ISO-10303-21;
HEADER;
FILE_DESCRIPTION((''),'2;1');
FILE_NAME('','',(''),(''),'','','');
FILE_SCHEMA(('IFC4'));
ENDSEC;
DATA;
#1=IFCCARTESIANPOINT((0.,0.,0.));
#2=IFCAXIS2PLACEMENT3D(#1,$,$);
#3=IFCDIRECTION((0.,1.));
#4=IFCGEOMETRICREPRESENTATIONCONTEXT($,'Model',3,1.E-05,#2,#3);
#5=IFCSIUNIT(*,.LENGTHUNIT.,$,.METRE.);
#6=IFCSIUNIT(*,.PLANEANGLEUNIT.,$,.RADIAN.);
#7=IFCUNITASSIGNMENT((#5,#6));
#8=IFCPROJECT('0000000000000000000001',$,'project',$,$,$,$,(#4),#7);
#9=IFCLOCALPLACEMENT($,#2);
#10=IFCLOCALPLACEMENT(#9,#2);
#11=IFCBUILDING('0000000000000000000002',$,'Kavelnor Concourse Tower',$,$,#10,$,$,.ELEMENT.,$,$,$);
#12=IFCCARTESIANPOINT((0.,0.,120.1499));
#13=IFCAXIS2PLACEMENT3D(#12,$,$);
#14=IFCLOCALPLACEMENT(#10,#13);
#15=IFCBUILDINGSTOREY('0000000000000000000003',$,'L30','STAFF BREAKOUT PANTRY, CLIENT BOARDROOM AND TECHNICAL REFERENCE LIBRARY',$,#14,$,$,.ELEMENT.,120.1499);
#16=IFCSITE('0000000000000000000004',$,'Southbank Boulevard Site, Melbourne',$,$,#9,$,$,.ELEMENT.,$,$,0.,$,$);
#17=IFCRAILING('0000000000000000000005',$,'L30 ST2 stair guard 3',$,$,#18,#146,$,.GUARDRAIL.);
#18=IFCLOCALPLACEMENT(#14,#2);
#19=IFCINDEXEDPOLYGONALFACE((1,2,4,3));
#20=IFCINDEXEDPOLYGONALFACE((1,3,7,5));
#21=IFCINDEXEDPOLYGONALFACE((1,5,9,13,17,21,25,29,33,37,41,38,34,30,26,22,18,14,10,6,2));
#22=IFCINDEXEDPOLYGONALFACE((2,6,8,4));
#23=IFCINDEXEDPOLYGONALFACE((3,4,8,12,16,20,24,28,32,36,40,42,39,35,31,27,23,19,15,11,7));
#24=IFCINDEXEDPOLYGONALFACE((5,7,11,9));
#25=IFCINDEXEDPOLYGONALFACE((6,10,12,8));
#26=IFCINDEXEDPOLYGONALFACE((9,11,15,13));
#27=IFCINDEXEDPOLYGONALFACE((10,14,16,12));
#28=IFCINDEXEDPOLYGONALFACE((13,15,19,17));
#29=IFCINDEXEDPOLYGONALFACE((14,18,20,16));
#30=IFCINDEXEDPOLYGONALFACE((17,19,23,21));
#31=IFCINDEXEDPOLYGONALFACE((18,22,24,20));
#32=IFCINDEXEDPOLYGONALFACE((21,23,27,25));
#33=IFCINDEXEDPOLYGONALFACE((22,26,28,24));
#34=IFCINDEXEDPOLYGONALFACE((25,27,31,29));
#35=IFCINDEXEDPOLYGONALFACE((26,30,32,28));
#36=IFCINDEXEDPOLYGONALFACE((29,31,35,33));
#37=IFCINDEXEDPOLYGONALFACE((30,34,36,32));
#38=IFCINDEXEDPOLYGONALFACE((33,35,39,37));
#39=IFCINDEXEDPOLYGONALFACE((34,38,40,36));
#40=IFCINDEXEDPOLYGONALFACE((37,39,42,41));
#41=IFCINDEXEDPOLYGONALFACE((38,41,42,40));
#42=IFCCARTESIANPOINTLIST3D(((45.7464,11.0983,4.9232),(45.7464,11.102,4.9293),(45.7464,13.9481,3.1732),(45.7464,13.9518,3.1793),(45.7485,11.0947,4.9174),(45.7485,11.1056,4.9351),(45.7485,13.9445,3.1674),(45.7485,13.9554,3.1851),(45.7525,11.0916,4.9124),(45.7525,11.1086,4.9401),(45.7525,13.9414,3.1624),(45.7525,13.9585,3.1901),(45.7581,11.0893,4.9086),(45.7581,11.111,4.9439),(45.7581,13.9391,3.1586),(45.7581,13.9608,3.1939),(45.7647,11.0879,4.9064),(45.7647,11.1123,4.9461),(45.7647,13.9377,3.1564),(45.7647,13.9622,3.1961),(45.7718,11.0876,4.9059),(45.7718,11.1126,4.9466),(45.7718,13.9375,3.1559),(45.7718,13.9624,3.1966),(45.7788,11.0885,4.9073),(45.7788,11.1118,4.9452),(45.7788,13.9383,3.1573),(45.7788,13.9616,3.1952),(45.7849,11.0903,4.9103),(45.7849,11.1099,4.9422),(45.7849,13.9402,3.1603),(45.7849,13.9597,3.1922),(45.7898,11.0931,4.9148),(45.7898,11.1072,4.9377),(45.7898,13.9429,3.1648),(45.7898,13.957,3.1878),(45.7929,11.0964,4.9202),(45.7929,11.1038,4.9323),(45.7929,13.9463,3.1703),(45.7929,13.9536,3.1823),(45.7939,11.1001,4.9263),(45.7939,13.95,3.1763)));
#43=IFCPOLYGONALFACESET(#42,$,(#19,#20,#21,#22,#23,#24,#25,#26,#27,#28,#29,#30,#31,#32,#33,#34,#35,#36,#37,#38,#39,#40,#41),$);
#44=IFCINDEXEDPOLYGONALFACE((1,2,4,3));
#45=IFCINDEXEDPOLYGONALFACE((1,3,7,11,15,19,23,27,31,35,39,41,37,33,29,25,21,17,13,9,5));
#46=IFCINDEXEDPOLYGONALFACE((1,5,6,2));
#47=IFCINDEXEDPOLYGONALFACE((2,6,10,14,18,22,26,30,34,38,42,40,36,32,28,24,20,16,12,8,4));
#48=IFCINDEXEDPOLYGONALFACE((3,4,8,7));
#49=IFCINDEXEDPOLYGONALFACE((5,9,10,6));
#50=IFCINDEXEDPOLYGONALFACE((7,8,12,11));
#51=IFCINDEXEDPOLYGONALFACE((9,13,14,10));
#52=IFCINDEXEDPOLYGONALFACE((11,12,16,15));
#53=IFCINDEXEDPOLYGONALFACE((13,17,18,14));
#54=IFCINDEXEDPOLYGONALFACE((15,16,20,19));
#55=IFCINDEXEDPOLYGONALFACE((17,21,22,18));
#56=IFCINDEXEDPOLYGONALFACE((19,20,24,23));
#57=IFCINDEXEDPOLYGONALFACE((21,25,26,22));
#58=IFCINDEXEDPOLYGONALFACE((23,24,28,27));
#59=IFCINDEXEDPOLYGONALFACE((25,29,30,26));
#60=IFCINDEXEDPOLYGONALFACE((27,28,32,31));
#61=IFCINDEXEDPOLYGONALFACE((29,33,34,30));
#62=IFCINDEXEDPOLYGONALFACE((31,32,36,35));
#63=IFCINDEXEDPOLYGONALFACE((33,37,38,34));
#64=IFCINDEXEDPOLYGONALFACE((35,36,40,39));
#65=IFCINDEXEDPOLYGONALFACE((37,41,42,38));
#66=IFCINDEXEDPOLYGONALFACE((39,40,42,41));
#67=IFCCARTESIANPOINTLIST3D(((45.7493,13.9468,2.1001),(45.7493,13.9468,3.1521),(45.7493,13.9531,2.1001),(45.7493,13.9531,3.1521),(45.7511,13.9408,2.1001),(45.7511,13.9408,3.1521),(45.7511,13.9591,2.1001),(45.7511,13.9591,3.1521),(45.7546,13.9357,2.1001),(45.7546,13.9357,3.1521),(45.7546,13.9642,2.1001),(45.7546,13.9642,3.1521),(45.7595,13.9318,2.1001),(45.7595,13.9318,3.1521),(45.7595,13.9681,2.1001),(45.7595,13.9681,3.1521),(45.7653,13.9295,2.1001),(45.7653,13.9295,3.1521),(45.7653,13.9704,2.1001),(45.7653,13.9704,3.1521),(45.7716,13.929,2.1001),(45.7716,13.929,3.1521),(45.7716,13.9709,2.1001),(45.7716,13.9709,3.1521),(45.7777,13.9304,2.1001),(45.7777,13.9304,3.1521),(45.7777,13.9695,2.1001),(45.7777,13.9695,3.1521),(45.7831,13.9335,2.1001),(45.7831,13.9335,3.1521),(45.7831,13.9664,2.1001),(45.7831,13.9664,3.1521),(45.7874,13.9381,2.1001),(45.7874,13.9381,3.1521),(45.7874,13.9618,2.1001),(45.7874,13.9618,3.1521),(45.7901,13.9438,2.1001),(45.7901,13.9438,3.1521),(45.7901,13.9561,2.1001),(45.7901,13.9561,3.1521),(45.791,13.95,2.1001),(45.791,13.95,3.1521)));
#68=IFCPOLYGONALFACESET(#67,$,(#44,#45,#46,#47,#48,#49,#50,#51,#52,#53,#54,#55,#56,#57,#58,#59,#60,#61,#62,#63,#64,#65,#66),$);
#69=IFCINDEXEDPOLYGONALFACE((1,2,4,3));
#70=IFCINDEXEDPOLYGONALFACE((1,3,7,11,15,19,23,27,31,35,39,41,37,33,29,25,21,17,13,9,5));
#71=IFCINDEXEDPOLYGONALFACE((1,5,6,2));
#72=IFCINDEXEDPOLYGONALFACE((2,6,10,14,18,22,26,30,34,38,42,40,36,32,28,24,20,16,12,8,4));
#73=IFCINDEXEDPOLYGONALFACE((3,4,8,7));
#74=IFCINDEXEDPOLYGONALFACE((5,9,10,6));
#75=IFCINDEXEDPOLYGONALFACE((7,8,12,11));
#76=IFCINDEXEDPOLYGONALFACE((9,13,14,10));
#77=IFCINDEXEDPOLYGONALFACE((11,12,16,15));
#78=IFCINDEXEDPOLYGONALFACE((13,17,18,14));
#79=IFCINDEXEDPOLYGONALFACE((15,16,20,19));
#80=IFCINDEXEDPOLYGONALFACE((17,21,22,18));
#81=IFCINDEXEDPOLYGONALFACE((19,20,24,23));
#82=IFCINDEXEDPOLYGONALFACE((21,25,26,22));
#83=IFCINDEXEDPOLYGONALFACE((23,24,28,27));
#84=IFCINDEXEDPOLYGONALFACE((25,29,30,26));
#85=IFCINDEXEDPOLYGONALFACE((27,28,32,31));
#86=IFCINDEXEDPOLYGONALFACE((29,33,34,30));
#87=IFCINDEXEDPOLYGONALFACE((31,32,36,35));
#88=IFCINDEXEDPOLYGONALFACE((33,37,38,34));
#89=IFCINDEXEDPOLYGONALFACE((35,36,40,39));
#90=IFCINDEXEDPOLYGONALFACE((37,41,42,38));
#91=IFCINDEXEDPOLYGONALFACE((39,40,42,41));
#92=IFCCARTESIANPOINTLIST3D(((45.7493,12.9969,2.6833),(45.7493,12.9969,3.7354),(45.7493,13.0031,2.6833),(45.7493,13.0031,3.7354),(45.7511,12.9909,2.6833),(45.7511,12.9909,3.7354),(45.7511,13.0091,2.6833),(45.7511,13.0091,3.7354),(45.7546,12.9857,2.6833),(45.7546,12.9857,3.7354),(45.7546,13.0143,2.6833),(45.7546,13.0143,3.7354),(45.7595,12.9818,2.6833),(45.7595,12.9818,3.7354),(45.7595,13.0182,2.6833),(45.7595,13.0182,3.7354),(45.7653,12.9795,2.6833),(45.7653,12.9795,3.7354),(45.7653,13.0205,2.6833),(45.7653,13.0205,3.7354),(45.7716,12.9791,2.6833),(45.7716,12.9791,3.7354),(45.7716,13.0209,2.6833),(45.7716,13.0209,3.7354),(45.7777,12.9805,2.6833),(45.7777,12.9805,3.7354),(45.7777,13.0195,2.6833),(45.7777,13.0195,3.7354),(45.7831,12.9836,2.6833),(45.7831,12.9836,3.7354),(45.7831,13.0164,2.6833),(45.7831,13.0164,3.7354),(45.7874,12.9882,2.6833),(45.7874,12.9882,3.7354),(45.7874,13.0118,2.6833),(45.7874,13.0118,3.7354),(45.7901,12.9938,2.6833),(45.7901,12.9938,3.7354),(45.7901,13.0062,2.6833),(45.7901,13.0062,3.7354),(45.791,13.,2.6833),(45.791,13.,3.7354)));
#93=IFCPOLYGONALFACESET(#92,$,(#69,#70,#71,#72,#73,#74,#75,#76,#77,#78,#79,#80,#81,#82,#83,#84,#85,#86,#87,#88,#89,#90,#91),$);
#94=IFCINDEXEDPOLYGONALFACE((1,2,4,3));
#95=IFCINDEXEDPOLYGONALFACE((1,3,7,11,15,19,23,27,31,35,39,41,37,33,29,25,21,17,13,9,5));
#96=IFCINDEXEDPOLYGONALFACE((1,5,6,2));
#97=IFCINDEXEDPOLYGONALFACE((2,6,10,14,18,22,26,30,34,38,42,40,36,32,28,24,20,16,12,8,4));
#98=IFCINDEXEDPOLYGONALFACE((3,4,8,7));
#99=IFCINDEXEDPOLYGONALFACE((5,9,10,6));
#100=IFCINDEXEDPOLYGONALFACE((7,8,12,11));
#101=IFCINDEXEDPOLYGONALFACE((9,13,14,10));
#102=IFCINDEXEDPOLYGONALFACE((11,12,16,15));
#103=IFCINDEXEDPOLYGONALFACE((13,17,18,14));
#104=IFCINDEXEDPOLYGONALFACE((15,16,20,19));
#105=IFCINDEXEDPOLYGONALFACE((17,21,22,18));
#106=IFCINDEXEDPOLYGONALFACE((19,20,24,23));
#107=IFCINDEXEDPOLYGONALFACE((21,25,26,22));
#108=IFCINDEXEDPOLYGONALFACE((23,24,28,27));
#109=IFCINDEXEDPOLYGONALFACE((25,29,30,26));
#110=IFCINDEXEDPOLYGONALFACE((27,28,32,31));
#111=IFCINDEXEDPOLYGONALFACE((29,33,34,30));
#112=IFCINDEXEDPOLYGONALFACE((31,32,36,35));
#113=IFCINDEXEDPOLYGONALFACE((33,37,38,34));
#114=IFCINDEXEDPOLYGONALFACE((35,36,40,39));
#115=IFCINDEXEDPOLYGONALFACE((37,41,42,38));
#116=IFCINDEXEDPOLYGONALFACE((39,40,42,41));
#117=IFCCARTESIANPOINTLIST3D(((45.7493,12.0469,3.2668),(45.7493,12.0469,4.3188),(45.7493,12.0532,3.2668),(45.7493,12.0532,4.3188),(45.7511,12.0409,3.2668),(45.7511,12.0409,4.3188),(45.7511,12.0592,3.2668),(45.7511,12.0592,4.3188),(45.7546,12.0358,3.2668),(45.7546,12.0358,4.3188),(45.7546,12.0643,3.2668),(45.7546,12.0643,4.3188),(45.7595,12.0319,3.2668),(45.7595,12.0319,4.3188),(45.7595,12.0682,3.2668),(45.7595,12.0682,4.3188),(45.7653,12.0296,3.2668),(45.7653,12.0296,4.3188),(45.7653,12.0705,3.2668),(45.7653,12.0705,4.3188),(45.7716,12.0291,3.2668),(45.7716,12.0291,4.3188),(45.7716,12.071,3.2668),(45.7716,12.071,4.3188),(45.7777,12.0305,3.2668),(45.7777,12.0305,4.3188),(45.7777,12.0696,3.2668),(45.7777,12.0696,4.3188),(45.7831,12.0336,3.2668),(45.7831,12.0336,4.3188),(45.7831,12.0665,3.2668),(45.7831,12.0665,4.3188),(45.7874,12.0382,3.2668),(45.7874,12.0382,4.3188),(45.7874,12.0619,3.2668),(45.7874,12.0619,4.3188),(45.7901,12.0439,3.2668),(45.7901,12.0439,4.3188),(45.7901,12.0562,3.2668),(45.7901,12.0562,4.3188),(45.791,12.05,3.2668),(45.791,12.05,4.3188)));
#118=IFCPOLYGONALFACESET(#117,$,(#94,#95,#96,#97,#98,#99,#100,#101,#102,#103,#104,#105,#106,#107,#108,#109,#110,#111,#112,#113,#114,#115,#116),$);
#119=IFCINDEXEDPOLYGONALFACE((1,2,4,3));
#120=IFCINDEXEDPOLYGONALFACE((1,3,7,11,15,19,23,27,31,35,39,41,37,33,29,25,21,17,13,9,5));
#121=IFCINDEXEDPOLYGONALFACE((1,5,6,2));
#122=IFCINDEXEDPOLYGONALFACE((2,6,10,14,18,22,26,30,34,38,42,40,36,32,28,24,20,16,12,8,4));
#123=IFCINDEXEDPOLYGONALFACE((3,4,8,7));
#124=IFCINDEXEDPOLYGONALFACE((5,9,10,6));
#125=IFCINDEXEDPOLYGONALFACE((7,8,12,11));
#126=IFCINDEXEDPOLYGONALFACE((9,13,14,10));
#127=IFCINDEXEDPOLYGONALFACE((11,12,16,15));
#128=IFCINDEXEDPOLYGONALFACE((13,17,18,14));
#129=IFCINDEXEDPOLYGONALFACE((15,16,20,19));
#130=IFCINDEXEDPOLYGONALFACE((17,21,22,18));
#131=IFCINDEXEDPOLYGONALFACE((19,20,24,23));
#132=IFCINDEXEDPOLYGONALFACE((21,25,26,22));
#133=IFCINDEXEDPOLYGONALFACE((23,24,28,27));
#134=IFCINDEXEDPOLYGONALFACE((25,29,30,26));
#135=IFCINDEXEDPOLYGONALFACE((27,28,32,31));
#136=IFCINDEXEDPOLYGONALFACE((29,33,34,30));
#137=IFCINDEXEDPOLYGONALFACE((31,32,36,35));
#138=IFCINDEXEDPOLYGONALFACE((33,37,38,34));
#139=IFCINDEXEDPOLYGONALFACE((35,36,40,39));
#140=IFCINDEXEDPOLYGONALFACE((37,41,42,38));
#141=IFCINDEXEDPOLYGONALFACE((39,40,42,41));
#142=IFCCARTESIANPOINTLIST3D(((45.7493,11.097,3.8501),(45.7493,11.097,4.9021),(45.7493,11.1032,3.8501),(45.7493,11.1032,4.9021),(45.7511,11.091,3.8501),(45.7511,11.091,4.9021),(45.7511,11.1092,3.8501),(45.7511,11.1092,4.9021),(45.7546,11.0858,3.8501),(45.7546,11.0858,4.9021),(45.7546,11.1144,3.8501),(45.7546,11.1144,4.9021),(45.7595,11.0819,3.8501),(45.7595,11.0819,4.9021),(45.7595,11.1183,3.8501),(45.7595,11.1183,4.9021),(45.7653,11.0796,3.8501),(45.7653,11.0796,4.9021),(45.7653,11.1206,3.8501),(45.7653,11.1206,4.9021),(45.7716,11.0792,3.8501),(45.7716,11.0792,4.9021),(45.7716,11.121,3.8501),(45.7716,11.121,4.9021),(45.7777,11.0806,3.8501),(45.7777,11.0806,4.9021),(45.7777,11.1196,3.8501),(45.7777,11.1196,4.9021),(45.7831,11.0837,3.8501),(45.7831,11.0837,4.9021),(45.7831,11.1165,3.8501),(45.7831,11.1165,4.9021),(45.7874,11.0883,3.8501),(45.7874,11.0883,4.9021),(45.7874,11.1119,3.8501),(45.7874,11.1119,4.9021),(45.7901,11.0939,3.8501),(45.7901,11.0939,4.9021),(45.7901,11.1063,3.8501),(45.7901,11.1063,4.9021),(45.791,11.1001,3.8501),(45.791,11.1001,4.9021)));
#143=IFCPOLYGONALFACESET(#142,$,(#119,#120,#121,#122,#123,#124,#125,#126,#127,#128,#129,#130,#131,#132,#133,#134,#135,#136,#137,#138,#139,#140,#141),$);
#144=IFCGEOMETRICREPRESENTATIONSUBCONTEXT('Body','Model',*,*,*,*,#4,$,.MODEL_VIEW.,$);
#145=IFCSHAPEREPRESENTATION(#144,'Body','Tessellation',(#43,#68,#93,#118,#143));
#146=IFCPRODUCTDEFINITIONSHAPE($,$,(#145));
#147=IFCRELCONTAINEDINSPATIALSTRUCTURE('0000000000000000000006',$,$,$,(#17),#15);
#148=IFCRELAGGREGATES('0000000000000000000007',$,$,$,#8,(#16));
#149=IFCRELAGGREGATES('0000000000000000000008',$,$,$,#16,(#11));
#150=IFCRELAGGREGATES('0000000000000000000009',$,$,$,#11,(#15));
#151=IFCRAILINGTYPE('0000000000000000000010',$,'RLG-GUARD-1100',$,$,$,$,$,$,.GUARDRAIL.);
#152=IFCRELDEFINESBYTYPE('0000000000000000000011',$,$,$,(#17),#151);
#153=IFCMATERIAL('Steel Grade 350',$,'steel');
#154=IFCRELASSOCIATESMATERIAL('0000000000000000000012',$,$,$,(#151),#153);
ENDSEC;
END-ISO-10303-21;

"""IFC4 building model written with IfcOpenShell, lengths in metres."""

from ifc_helpers import new_model, si_unit, direction, frame, origin, origin_2d, place, context, subcontext, project, spatial, circle, extrude, material, type_object, element, save


model = new_model("IFC4")

# Units and contexts
model_context = context("Model", 3, precision=1e-05, world=origin(), true_north=direction((0.0, 1.0)))
body_context = subcontext(model_context, "Body", "Model", "MODEL_VIEW")
ifc_project = project(units=[si_unit("LENGTHUNIT", "METRE"), si_unit("PLANEANGLEUNIT", "RADIAN")], contexts=[model_context])

# Site, building, storey
site_placement = place(None, origin())
site = spatial("IfcSite", under=ifc_project, at=site_placement, Name="Southbank Boulevard Site, Melbourne", CompositionType="ELEMENT", RefElevation=0.0)
building_placement = place(site_placement, origin())
building = spatial("IfcBuilding", under=site, at=building_placement, Name="Kavelnor Concourse Tower", CompositionType="ELEMENT")
storey_placement = place(building_placement, frame((0.0, 0.0, 120.1499)))
storey = spatial("IfcBuildingStorey", under=building, at=storey_placement, Name="L30", Description="STAFF BREAKOUT PANTRY, CLIENT BOARDROOM AND TECHNICAL REFERENCE LIBRARY", CompositionType="ELEMENT", Elevation=120.1499)

# Shared definitions
ifc_material_1 = material(Name="Steel Grade 350", Category="steel")

# Railing
railing_type_1 = type_object("IfcRailingType", Name="RLG-GUARD-1100", PredefinedType="GUARDRAIL", material=ifc_material_1)
railing_1_placement = place(storey_placement, frame((45.77, 13.95, 2.1001)))
element("IfcRailing", 1, at=railing_1_placement, inside=storey, type_object=railing_type_1, Name="L30 ST2 stair guard 3", PredefinedType="GUARDRAIL", context=body_context, shape_type="SweptSolid", body=[
    extrude(circle(Radius=0.0239, at=origin_2d()), frame((0.0, 0.0, 1.0762), z_axis=(0.0, -0.852159, 0.523283), x_axis=(1.0, 0.0, 0.0)), (0.0, 0.0, 1.0), 3.3442),
    extrude(circle(Radius=0.021, at=origin_2d()), origin(), (0.0, 0.0, 1.0), 1.052),
    extrude(circle(Radius=0.021, at=origin_2d()), frame((0.0, -0.95, 0.5833)), (0.0, 0.0, 1.0), 1.052),
    extrude(circle(Radius=0.021, at=origin_2d()), frame((0.0, -1.8999, 1.1667)), (0.0, 0.0, 1.0), 1.052),
    extrude(circle(Radius=0.021, at=origin_2d()), frame((0.0, -2.8499, 1.75)), (0.0, 0.0, 1.0), 1.052),
])

save(model, "model.ifc")
